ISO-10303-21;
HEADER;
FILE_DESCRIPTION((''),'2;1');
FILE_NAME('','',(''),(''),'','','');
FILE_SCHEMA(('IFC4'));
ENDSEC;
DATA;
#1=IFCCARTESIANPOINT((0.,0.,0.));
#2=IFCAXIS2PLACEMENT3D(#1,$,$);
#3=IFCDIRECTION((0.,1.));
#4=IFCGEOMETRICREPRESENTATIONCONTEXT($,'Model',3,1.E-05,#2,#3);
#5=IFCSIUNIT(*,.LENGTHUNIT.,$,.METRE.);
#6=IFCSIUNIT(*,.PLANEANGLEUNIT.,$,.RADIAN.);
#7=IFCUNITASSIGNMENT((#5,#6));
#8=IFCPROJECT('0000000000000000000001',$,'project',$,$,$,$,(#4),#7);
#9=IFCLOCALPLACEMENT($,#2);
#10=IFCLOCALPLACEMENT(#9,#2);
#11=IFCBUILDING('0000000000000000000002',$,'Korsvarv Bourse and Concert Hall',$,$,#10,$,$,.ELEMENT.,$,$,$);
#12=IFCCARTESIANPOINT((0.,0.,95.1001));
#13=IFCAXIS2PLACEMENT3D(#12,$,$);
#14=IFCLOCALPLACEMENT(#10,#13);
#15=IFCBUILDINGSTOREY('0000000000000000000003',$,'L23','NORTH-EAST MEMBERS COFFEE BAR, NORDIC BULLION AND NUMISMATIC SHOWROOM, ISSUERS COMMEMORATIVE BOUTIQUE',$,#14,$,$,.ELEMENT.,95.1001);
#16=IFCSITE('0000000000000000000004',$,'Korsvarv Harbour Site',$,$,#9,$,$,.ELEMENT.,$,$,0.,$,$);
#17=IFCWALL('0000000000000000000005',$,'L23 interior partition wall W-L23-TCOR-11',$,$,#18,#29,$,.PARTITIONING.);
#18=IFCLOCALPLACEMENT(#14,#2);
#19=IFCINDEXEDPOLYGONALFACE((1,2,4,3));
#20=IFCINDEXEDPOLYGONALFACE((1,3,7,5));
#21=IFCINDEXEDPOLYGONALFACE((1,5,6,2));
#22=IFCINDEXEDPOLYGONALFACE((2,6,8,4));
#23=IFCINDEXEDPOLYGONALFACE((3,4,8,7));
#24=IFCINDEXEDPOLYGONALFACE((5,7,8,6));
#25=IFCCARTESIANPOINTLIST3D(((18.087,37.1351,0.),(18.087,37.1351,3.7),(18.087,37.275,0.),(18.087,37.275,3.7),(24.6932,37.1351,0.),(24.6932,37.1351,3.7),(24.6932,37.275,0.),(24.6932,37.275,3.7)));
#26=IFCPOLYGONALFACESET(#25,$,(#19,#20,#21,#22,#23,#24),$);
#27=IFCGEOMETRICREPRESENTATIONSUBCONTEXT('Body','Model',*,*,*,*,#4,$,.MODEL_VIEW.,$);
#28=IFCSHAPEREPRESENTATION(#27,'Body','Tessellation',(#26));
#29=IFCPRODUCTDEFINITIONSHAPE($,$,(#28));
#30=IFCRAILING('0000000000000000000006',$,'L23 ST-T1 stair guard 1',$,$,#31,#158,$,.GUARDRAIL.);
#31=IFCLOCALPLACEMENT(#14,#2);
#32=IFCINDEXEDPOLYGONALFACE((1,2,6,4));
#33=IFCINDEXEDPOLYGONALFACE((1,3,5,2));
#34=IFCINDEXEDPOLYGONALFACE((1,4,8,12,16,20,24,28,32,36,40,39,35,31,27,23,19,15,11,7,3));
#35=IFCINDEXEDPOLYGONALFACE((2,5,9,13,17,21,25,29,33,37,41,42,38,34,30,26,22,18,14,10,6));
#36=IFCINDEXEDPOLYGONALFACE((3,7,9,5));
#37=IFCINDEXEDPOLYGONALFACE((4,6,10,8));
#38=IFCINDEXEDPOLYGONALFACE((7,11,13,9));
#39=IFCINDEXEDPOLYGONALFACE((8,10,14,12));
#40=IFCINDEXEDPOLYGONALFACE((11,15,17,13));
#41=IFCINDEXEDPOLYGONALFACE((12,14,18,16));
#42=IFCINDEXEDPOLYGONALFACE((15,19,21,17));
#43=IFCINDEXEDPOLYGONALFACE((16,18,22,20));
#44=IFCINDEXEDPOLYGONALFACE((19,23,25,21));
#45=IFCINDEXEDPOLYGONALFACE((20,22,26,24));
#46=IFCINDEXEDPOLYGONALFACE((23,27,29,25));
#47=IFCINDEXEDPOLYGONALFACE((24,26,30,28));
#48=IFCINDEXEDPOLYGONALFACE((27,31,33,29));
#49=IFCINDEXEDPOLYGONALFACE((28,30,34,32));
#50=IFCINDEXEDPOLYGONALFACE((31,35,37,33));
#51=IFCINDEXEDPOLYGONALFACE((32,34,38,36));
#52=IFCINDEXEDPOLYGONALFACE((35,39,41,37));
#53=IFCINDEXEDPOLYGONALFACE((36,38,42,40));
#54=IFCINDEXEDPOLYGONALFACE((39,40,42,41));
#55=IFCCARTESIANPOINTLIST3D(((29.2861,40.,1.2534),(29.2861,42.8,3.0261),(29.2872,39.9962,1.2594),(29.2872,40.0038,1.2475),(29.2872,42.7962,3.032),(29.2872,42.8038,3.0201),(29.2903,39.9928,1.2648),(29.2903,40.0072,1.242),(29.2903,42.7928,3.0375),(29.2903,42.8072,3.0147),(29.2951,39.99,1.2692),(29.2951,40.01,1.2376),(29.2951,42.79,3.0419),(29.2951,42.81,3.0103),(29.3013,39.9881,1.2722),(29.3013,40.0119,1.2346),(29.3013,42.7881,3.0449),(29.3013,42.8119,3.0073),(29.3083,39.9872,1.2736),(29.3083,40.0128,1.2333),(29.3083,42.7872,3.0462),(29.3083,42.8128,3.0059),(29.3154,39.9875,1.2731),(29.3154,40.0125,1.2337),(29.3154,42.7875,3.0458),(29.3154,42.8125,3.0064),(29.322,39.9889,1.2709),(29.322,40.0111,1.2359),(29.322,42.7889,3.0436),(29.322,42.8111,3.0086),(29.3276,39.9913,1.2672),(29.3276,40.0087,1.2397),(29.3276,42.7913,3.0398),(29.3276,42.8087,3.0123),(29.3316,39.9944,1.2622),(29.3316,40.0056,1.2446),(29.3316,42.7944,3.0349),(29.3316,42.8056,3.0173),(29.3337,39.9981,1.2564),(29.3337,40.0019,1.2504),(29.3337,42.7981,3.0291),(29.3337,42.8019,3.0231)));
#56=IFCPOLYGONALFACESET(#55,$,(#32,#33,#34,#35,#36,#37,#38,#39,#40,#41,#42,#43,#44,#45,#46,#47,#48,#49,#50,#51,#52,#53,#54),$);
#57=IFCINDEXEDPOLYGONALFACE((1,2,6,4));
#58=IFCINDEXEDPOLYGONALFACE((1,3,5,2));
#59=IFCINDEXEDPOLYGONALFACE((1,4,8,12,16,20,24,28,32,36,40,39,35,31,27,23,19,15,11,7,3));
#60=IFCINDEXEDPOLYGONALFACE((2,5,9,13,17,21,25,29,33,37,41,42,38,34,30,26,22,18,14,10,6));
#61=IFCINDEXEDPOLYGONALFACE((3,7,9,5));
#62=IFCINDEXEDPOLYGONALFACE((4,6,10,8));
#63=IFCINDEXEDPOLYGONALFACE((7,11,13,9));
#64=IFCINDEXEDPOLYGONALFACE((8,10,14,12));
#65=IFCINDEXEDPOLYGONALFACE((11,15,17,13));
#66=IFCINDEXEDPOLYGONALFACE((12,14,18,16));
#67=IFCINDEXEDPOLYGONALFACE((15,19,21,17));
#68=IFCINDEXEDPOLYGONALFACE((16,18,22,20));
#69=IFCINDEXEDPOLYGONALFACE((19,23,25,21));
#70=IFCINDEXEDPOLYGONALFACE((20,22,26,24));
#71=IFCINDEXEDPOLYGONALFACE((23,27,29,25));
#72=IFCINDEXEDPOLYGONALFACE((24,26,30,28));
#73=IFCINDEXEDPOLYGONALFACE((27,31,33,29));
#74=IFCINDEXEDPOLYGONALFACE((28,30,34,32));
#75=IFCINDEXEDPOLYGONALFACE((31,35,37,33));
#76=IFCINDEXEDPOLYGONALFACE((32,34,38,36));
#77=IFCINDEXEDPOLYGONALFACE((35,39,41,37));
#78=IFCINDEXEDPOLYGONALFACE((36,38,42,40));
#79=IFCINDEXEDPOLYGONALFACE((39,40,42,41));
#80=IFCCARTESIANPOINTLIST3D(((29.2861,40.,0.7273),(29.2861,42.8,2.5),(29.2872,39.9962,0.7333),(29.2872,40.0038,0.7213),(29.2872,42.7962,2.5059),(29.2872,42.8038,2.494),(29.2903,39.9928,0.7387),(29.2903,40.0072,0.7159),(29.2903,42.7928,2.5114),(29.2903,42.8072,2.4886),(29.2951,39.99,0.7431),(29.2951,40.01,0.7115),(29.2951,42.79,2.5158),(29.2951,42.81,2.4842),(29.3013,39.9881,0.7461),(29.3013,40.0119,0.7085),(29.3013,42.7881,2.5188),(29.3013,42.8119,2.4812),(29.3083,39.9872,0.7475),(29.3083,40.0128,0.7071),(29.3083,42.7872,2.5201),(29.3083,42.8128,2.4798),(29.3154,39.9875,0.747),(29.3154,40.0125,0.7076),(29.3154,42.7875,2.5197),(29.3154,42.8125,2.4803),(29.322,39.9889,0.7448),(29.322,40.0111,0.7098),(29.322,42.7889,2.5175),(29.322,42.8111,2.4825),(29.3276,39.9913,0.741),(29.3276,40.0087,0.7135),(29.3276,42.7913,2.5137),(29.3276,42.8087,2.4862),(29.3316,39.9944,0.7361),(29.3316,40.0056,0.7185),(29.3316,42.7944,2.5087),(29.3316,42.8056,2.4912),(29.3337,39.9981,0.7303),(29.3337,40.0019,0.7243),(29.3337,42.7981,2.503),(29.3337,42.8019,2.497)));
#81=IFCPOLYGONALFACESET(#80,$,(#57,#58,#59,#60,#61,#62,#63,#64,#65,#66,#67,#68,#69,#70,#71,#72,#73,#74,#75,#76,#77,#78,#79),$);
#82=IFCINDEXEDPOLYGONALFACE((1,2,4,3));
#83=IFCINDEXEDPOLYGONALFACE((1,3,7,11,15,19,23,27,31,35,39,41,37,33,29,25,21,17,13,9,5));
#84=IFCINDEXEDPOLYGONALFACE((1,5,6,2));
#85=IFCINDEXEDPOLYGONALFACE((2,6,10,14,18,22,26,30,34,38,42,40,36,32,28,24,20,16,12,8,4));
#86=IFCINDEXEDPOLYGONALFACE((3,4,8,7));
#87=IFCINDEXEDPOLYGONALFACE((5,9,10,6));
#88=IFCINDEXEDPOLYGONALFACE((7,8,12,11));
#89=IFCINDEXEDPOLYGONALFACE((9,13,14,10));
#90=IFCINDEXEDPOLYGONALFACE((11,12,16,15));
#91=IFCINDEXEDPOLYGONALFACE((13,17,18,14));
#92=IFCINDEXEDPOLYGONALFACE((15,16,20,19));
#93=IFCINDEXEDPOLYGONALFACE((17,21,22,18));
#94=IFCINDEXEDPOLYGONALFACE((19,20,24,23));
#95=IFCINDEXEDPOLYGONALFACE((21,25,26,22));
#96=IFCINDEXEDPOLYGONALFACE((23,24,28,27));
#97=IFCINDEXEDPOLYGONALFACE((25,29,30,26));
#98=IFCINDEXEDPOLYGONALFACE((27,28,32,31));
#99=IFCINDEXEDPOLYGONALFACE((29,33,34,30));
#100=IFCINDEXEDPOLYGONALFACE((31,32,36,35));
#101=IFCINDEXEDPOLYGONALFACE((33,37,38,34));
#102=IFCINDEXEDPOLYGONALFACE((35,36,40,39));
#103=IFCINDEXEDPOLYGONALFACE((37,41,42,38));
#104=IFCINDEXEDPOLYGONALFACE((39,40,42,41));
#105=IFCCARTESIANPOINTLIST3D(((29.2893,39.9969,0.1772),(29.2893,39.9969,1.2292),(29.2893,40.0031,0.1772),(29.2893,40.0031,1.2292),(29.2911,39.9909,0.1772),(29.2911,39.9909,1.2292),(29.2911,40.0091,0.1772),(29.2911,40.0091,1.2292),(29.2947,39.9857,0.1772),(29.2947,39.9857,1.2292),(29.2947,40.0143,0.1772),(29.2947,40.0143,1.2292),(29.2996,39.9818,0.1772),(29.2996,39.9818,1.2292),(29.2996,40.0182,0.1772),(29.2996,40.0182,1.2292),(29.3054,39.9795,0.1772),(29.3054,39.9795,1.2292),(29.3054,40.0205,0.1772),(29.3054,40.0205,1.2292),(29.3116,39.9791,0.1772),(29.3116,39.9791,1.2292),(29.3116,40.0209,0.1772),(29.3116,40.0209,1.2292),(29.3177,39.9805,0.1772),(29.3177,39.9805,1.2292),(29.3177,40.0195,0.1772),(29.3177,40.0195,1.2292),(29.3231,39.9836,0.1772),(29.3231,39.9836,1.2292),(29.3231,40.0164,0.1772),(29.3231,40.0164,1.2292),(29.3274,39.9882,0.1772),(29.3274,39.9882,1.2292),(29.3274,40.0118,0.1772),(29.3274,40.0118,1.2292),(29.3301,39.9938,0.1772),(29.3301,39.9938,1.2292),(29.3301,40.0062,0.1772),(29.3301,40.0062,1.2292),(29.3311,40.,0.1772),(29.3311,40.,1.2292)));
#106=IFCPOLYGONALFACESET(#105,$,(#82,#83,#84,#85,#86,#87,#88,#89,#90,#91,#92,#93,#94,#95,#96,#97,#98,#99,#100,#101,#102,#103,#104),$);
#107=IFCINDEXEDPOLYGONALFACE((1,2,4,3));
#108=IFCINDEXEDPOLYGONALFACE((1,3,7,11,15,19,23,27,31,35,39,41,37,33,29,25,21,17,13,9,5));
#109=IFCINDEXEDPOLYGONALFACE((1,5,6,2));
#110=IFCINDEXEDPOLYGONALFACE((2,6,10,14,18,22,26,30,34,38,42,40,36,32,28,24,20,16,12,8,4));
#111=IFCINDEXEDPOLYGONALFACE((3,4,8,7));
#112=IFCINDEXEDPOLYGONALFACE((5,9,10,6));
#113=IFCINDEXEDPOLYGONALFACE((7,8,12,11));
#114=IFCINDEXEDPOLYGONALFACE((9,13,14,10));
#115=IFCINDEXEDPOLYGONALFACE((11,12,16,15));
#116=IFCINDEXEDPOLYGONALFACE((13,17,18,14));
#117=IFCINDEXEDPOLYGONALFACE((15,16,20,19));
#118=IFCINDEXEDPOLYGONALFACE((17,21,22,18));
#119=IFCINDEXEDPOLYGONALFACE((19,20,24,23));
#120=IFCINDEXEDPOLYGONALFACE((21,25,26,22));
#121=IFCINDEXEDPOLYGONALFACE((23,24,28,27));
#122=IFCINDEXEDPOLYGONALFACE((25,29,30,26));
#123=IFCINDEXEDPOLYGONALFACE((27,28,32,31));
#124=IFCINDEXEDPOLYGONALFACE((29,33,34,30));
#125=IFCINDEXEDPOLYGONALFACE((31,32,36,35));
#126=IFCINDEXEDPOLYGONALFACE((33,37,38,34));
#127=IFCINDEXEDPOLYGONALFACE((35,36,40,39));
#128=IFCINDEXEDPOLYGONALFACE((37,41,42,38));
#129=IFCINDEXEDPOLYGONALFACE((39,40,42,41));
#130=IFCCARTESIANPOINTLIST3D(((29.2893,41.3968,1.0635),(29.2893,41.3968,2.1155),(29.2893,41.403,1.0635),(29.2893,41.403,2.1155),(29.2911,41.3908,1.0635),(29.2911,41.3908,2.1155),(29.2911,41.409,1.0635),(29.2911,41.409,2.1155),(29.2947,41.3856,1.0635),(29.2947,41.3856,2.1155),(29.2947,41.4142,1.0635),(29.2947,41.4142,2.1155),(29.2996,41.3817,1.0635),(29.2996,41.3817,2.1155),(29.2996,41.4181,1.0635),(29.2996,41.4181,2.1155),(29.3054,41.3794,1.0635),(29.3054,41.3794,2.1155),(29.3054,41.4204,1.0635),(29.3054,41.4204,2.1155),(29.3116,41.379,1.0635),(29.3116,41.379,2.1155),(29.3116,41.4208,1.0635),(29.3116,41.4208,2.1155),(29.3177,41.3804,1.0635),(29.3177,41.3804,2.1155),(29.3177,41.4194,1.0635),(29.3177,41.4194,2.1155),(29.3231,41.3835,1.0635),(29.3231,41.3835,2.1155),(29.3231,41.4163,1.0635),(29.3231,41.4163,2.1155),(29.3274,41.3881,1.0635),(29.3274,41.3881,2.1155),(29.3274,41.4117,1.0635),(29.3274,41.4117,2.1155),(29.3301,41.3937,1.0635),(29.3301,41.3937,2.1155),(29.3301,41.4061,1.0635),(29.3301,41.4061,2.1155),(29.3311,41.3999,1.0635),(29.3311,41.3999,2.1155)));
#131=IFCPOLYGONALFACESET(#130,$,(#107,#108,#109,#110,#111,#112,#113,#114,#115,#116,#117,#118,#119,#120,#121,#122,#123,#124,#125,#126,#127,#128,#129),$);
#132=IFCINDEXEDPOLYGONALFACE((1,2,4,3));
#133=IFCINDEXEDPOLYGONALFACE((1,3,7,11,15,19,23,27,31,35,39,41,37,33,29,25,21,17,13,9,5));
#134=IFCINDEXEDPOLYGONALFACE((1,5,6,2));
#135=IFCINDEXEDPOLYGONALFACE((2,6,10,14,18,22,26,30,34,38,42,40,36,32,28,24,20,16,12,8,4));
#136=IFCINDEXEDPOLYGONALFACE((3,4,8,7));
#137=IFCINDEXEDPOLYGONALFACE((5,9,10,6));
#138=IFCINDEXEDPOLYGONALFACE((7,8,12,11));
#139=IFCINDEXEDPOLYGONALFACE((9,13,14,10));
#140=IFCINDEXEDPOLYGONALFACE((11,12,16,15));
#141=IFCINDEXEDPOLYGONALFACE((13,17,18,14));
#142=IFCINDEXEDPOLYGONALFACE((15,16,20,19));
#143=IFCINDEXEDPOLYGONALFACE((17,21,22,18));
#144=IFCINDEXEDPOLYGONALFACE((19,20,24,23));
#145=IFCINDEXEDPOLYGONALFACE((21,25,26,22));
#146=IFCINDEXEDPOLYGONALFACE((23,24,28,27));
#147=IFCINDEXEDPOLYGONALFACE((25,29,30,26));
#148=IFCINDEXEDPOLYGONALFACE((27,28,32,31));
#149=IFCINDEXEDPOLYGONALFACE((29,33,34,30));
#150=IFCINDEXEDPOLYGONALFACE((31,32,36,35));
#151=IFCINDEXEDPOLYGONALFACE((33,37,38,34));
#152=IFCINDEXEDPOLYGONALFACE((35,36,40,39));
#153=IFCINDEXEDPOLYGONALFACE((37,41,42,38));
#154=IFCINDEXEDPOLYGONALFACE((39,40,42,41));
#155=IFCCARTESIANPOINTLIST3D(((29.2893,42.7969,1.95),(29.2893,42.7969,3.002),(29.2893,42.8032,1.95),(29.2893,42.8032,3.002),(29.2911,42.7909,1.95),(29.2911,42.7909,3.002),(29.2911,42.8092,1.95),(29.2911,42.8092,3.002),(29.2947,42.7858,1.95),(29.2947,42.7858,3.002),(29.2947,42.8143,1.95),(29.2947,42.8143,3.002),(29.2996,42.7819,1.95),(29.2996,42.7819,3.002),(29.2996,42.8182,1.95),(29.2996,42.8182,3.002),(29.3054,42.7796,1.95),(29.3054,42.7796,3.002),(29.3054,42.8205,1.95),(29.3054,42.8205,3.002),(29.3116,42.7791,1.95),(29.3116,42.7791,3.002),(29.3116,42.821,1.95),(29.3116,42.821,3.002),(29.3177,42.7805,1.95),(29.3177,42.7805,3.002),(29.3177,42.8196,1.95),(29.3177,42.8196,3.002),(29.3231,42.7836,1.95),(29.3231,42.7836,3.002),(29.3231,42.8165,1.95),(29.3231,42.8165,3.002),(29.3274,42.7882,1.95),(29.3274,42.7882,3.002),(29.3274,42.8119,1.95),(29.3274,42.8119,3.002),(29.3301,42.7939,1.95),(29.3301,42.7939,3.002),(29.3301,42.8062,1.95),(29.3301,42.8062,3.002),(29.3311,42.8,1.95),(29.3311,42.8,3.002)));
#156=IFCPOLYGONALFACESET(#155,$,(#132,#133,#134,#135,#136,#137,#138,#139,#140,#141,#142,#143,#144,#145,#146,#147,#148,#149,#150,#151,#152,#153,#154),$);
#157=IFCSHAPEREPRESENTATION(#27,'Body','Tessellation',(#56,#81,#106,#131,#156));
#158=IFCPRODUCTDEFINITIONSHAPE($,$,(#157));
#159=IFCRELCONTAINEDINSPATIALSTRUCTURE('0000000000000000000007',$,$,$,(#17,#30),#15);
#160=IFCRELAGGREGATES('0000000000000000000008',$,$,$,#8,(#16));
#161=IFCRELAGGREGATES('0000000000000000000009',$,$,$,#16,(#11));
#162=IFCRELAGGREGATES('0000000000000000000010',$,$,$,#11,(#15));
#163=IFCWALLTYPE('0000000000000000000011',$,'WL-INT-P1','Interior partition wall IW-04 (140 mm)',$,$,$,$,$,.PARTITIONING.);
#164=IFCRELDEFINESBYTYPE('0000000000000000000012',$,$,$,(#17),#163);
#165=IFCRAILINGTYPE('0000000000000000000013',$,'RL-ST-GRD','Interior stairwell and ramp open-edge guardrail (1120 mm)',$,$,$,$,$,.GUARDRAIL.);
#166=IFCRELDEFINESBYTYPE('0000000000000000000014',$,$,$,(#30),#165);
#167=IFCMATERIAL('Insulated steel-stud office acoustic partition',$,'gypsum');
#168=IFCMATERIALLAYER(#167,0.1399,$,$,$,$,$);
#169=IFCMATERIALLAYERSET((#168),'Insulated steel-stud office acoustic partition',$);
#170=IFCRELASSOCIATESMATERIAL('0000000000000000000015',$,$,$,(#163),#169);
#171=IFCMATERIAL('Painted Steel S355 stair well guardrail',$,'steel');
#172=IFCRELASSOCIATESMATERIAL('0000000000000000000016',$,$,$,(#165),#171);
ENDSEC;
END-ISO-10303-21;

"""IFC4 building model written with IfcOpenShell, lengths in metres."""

from ifc_helpers import new_model, si_unit, direction, frame, frame_2d, origin, origin_2d, place, context, subcontext, project, spatial, rectangle, circle, extrude, material, layer, layer_set, type_object, element, save


model = new_model("IFC4")

# Units and contexts
model_context = context("Model", 3, precision=1e-05, world=origin(), true_north=direction((0.0, 1.0)))
body_context = subcontext(model_context, "Body", "Model", "MODEL_VIEW")
ifc_project = project(units=[si_unit("LENGTHUNIT", "METRE"), si_unit("PLANEANGLEUNIT", "RADIAN")], contexts=[model_context])

# Site, building, storey
site_placement = place(None, origin())
site = spatial("IfcSite", under=ifc_project, at=site_placement, Name="Korsvarv Harbour Site", CompositionType="ELEMENT", RefElevation=0.0)
building_placement = place(site_placement, origin())
building = spatial("IfcBuilding", under=site, at=building_placement, Name="Korsvarv Bourse and Concert Hall", CompositionType="ELEMENT")
storey_placement = place(building_placement, frame((0.0, 0.0, 95.1001)))
storey = spatial("IfcBuildingStorey", under=building, at=storey_placement, Name="L23", Description="NORTH-EAST MEMBERS COFFEE BAR, NORDIC BULLION AND NUMISMATIC SHOWROOM, ISSUERS COMMEMORATIVE BOUTIQUE", CompositionType="ELEMENT", Elevation=95.1001)

# Wall
ifc_material_1 = material(Name="Insulated steel-stud office acoustic partition", Category="gypsum")
ifc_layer_1 = layer(ifc_material_1, 0.1399)
ifc_layer_set_1 = layer_set([ifc_layer_1], Name="Insulated steel-stud office acoustic partition")
wall_type_1 = type_object("IfcWallType", Name="WL-INT-P1", Description="Interior partition wall IW-04 (140 mm)", PredefinedType="PARTITIONING", material=ifc_layer_set_1)
wall_1_placement = place(storey_placement, frame((18.0869, 37.2051, 0.0), z_axis=(0.0, 0.0, 1.0), x_axis=(1.0, 0.0, 0.0)))
element("IfcWall", 1, at=wall_1_placement, inside=storey, type_object=wall_type_1, Name="L23 interior partition wall W-L23-TCOR-11", PredefinedType="PARTITIONING", context=body_context, shape_type="SweptSolid", body=[
    extrude(rectangle(XDim=6.6062, YDim=0.1399, at=frame_2d((3.3032, 0.0))), origin(), (0.0, 0.0, 1.0), 3.7),
])

# Railing
ifc_material_2 = material(Name="Painted Steel S355 stair well guardrail", Category="steel")
railing_type = type_object("IfcRailingType", Name="RL-ST-GRD", Description="Interior stairwell and ramp open-edge guardrail (1120 mm)", PredefinedType="GUARDRAIL", material=ifc_material_2)
railing_1_placement = place(storey_placement, frame((29.3101, 40.0, 0.1772)))
element("IfcRailing", 2, at=railing_1_placement, inside=storey, type_object=railing_type, Name="L23 ST-T1 stair guard 1", PredefinedType="GUARDRAIL", context=body_context, shape_type="SweptSolid", body=[
    extrude(circle(Radius=0.0239, at=origin_2d()), frame((0.0, 0.0, 1.0762), z_axis=(0.0, 0.844909, 0.53491), x_axis=(-1.0, 0.0, 0.0)), (0.0, 0.0, 1.0), 3.314),
    extrude(circle(Radius=0.0239, at=origin_2d()), frame((0.0, 0.0, 0.55), z_axis=(0.0, 0.844909, 0.53491), x_axis=(-1.0, 0.0, 0.0)), (0.0, 0.0, 1.0), 3.314),
    extrude(circle(Radius=0.021, at=origin_2d()), origin(), (0.0, 0.0, 1.0), 1.052),
    extrude(circle(Radius=0.021, at=origin_2d()), frame((0.0, 1.3999, 0.8862)), (0.0, 0.0, 1.0), 1.052),
    extrude(circle(Radius=0.021, at=origin_2d()), frame((0.0, 2.8, 1.7727)), (0.0, 0.0, 1.0), 1.052),
])

save(model, "model.ifc")
